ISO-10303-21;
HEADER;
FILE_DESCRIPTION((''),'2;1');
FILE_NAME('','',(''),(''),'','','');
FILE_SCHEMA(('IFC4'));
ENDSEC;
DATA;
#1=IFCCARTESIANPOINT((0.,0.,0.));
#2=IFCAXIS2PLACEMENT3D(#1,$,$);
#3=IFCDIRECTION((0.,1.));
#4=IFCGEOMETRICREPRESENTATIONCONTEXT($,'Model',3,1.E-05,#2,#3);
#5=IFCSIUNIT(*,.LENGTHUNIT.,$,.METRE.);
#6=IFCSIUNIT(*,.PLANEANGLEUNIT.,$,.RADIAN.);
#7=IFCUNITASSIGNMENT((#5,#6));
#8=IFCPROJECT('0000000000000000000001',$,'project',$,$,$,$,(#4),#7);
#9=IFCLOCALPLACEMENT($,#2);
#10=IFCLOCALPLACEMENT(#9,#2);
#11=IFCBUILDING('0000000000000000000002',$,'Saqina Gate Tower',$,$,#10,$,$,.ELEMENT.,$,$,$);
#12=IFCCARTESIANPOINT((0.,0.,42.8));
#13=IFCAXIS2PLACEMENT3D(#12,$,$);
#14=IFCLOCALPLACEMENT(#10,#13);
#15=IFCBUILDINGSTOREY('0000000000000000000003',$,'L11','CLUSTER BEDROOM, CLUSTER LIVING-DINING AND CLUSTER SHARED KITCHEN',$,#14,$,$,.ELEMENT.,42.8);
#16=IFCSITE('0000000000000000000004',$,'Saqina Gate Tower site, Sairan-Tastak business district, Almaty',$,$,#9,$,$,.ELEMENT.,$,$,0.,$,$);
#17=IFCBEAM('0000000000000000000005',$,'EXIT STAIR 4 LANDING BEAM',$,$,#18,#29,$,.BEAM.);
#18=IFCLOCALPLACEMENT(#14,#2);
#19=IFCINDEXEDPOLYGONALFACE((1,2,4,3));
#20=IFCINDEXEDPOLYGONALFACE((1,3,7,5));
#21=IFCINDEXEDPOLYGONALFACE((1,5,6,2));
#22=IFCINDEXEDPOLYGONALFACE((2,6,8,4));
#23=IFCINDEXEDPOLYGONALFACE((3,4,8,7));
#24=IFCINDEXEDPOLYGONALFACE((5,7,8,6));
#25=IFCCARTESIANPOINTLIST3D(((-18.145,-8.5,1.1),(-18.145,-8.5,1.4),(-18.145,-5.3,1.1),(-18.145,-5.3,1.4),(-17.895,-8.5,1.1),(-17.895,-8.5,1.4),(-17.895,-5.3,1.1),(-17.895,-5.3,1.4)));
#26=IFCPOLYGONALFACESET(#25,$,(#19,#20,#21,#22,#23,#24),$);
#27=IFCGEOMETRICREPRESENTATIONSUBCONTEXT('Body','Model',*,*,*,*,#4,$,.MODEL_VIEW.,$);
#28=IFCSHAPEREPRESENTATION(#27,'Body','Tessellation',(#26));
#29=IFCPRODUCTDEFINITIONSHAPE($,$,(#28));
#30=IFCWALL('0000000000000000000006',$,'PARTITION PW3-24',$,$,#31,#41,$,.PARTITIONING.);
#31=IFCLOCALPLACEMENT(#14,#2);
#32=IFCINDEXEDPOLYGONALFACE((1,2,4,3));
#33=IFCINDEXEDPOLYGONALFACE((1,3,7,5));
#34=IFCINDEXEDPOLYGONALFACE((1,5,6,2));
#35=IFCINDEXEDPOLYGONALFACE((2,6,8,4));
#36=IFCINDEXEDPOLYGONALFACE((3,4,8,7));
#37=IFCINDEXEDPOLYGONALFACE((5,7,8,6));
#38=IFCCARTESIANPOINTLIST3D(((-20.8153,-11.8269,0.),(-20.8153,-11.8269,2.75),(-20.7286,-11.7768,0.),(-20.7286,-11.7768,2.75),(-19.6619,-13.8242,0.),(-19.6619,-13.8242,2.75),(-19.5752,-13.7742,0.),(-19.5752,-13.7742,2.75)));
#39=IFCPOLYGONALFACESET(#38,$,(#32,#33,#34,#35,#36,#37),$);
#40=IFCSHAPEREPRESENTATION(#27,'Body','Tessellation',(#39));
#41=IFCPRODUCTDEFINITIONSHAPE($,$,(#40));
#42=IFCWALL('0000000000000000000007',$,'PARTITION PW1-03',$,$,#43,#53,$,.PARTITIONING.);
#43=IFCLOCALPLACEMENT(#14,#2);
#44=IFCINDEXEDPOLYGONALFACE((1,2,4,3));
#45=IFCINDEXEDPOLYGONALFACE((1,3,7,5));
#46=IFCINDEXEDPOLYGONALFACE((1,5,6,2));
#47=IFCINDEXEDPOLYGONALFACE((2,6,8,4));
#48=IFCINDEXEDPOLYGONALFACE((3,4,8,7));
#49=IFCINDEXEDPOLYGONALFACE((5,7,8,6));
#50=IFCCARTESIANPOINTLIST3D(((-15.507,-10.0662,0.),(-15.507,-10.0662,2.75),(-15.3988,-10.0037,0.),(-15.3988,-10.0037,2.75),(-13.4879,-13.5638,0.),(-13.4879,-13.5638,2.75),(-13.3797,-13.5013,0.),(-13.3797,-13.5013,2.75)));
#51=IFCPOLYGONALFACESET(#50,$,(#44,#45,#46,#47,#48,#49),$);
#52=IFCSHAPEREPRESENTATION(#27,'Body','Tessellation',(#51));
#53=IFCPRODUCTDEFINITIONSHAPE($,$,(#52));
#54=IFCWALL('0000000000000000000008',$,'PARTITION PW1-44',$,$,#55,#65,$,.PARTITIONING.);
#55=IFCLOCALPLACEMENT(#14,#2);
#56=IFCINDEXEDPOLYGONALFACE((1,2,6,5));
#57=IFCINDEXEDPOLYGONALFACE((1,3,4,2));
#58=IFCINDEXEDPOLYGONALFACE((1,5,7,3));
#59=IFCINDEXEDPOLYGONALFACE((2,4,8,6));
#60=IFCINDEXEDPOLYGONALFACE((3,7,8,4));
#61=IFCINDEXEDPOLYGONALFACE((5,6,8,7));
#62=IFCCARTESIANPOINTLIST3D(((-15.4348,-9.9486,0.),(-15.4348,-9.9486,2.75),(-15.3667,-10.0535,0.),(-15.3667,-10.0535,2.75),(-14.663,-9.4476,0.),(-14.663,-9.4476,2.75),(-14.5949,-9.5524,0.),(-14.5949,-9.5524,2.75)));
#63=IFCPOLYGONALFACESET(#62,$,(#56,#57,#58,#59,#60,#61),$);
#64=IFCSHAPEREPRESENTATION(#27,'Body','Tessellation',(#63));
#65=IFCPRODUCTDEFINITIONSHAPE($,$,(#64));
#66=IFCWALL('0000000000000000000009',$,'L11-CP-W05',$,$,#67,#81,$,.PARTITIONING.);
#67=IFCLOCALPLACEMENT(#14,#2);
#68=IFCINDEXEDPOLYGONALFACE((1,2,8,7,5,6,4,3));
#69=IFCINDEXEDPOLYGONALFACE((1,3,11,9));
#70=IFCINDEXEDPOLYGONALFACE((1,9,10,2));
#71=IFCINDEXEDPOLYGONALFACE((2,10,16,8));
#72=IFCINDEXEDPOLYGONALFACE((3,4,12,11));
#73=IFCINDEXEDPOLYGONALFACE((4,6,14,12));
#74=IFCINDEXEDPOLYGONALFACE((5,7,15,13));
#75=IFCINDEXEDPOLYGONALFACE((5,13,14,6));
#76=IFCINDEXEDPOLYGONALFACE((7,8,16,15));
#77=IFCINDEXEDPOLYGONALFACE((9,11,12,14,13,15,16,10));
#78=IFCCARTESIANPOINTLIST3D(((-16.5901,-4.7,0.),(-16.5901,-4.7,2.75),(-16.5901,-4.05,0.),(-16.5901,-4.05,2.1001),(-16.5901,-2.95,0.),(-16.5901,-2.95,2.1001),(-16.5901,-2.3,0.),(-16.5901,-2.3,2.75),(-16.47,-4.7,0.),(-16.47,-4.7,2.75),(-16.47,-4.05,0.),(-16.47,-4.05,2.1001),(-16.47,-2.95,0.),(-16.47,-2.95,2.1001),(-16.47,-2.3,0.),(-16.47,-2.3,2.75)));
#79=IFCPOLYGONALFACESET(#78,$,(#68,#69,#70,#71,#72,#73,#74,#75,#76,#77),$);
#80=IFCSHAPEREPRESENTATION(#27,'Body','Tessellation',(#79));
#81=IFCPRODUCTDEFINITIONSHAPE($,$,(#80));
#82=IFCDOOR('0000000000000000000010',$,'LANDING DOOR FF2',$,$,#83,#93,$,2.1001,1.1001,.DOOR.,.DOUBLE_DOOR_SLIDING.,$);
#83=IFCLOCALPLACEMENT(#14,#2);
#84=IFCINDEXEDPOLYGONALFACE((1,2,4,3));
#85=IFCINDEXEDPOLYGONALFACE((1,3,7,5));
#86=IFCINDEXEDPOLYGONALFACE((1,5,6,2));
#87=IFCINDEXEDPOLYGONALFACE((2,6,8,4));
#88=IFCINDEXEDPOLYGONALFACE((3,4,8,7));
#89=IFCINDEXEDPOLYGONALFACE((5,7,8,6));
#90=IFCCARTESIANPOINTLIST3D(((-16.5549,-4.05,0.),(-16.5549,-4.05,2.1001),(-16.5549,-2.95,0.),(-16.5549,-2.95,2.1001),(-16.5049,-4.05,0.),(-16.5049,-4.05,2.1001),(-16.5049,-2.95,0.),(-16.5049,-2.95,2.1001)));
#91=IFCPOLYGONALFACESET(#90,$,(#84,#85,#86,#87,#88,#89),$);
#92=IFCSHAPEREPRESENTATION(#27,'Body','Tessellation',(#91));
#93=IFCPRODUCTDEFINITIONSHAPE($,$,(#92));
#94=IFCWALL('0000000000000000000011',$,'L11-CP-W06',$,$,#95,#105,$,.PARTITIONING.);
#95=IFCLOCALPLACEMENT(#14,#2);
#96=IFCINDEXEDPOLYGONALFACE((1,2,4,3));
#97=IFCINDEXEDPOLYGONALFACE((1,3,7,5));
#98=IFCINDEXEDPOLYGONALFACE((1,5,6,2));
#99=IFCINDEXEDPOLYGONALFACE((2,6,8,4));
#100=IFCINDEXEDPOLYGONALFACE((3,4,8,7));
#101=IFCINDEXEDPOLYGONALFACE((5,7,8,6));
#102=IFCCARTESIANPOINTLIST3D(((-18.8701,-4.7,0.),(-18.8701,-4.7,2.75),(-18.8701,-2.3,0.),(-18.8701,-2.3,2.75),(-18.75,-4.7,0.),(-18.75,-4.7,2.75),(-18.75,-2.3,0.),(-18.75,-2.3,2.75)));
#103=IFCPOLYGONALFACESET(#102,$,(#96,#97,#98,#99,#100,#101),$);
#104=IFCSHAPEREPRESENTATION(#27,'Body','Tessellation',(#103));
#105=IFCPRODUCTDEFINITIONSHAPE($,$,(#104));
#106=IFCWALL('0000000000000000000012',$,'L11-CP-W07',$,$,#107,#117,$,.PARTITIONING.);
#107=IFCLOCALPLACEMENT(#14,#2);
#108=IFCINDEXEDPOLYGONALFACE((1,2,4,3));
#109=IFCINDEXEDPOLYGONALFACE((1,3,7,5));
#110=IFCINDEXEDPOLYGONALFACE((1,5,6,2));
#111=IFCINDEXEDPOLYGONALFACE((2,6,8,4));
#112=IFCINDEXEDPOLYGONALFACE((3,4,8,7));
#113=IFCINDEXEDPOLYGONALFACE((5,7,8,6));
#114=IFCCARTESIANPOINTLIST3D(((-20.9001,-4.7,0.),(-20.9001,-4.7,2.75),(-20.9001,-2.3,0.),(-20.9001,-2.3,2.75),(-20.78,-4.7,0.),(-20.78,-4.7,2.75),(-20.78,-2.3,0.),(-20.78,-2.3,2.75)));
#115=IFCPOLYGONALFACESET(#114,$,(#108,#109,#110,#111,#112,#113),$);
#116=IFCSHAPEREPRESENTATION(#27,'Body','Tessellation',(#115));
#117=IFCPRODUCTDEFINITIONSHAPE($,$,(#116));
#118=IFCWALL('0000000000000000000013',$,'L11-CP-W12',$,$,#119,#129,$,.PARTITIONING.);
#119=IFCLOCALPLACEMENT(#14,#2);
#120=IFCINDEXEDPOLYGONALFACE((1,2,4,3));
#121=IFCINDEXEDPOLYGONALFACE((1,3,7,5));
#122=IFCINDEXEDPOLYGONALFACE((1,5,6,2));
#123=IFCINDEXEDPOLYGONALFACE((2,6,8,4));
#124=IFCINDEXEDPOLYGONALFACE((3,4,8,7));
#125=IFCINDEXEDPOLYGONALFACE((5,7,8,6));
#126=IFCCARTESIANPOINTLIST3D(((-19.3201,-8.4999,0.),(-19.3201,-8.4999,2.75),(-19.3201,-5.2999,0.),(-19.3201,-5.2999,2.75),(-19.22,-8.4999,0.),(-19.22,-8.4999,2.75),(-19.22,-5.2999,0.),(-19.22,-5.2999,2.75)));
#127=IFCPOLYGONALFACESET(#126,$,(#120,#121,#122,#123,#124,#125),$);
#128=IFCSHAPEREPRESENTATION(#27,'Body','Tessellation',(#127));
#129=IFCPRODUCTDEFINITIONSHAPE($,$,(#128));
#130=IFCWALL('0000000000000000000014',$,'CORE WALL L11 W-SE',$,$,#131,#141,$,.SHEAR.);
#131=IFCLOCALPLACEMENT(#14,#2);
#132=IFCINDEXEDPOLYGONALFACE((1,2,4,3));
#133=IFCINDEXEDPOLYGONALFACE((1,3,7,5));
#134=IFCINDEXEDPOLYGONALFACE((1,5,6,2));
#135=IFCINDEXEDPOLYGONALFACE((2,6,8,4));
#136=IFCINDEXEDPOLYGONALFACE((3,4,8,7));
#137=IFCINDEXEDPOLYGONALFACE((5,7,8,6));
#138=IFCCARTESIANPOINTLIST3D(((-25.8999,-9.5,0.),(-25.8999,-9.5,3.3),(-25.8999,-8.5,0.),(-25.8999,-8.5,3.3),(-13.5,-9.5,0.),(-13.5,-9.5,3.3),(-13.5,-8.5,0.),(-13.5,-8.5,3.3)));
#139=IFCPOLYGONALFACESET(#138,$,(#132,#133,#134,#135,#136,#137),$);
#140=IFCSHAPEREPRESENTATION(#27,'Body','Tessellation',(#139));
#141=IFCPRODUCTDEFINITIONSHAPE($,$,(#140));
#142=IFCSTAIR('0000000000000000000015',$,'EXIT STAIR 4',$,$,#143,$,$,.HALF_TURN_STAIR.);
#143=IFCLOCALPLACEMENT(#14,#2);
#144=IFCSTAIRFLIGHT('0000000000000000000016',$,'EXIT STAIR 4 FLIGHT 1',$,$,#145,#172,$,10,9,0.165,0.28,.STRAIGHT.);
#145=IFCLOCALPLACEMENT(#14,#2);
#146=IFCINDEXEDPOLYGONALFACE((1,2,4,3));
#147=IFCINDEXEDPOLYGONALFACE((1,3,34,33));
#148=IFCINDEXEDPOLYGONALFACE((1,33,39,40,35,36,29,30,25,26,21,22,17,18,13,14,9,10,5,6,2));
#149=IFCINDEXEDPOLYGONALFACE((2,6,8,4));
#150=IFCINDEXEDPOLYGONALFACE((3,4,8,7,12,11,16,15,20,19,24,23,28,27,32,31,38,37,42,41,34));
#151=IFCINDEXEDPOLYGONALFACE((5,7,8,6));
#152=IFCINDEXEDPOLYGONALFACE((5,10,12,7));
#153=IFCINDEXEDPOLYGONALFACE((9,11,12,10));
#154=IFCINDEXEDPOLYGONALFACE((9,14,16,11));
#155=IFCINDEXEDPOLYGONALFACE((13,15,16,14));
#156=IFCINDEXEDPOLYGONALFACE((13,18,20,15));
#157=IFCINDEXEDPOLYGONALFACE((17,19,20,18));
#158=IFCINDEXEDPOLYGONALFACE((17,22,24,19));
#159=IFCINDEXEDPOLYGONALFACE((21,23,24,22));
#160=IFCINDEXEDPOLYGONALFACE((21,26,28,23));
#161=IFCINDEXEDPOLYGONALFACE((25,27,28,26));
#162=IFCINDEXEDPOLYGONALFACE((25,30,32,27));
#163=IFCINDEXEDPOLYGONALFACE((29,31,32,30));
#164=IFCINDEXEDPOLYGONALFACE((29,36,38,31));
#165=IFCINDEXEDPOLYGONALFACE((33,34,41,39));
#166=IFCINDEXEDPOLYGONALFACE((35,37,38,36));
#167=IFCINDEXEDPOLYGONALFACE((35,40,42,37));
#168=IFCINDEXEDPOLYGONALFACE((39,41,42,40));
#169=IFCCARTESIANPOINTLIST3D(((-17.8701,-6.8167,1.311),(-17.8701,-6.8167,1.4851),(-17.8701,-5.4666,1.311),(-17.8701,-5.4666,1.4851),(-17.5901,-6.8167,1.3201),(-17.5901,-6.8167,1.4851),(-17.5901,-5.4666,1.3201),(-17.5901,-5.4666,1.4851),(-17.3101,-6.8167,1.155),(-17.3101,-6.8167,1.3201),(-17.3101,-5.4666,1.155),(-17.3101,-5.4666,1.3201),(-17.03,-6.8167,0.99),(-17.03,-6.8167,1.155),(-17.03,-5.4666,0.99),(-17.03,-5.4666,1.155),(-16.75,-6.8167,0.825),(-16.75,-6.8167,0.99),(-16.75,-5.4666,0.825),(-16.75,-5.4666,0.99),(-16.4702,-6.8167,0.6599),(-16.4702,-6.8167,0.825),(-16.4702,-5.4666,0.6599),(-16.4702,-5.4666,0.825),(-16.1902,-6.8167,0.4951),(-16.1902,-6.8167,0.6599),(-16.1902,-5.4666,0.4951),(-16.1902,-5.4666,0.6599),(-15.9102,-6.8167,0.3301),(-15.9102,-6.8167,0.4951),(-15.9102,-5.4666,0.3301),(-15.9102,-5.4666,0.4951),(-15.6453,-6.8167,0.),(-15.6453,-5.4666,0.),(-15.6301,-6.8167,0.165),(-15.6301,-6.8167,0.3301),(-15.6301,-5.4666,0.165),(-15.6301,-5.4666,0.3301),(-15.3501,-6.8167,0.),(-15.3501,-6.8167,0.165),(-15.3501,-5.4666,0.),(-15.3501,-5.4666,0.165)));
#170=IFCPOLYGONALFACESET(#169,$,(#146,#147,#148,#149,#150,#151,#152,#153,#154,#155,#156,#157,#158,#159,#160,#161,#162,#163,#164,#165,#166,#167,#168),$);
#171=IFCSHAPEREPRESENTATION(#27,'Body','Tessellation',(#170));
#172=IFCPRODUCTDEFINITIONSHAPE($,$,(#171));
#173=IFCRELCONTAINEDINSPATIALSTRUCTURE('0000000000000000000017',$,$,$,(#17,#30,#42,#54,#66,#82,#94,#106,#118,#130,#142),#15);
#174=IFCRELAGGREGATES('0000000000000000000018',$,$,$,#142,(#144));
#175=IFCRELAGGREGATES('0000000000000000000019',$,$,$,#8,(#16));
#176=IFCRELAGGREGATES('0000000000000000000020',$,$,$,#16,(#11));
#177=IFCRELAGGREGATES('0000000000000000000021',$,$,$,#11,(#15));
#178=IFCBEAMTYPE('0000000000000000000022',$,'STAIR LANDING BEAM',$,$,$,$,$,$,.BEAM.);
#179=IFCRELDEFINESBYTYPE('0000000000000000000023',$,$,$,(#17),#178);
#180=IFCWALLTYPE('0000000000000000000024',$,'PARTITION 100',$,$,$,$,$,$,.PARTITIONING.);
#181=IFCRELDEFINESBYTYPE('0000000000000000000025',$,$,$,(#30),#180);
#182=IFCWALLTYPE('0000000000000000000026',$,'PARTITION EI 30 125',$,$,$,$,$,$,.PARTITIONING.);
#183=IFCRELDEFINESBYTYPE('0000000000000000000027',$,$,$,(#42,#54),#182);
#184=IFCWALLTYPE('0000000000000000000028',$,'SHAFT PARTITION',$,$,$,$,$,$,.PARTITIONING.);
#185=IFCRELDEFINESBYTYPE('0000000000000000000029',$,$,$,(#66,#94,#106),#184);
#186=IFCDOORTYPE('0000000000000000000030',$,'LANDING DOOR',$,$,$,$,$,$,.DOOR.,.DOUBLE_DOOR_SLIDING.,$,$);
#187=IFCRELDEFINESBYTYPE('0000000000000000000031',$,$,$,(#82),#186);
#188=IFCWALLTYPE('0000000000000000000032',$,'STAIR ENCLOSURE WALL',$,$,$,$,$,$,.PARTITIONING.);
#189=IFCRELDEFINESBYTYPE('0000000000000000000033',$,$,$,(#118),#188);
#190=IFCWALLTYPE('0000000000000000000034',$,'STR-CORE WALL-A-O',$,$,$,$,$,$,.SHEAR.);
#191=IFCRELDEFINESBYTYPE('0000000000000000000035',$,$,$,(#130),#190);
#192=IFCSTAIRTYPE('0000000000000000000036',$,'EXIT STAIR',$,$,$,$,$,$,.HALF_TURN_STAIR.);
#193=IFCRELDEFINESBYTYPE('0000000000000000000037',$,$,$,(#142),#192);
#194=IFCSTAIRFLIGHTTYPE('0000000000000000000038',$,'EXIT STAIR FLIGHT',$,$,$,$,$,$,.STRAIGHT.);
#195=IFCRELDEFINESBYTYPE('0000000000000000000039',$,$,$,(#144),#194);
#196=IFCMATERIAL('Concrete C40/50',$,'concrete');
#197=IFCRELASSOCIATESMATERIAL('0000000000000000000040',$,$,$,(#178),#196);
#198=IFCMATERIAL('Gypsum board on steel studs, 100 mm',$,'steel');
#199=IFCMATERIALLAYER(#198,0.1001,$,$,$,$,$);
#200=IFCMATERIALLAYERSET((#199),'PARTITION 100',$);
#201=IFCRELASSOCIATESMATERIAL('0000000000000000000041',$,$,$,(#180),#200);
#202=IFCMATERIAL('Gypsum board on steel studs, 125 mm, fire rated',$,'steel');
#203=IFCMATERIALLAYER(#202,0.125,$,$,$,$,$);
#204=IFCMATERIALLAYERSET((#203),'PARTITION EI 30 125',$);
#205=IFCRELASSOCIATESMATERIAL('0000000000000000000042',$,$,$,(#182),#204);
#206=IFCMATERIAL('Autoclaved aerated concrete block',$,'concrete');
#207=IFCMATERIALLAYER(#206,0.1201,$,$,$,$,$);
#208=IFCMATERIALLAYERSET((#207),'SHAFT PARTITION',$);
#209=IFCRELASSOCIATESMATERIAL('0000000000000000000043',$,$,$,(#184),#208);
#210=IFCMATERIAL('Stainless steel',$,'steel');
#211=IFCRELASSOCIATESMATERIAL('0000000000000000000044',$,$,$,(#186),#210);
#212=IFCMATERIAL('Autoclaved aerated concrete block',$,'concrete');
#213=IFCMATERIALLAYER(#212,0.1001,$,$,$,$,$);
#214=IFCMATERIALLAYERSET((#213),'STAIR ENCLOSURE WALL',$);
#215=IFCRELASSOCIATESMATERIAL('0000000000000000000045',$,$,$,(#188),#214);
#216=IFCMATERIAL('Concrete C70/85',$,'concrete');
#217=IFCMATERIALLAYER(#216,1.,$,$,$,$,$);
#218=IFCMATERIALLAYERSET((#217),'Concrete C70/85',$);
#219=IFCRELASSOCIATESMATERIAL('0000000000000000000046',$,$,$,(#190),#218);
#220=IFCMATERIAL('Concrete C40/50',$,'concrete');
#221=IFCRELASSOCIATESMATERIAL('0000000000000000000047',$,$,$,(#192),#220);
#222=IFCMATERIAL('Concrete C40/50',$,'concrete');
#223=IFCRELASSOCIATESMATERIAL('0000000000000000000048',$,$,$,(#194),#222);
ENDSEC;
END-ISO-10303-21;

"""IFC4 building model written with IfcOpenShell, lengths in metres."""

from ifc_helpers import new_model, si_unit, direction, frame, frame_2d, origin, origin_2d, place, context, subcontext, project, spatial, polyline, rectangle, outline, extrude, material, layer, layer_set, material_profile, profile_set, type_object, element, fill, aggregate, save


model = new_model("IFC4")

# Units and contexts
model_context = context("Model", 3, precision=1e-05, world=origin(), true_north=direction((0.0, 1.0)))
body_context = subcontext(model_context, "Body", "Model", "MODEL_VIEW")
ifc_project = project(units=[si_unit("LENGTHUNIT", "METRE"), si_unit("PLANEANGLEUNIT", "RADIAN")], contexts=[model_context])

# Site, building, storey
site_placement = place(None, origin())
site = spatial("IfcSite", under=ifc_project, at=site_placement, Name="Saqina Gate Tower site, Sairan-Tastak business district, Almaty", CompositionType="ELEMENT", RefElevation=0.0)
building_placement = place(site_placement, origin())
building = spatial("IfcBuilding", under=site, at=building_placement, Name="Saqina Gate Tower", CompositionType="ELEMENT")
storey_placement = place(building_placement, frame((0.0, 0.0, 42.8)))
storey = spatial("IfcBuildingStorey", under=building, at=storey_placement, Name="L11", Description="CLUSTER BEDROOM, CLUSTER LIVING-DINING AND CLUSTER SHARED KITCHEN", CompositionType="ELEMENT", Elevation=42.8)

# Beam
ifc_material_1 = material(Name="Concrete C40/50", Category="concrete")
ifc_material_profile = material_profile(ifc_material_1, rectangle(XDim=0.25, YDim=0.3, at=origin_2d()), Name="STAIR LANDING BEAM")
ifc_profile_set = profile_set([ifc_material_profile], Name="Concrete C40/50")
beam_type = type_object("IfcBeamType", Name="STAIR LANDING BEAM", PredefinedType="BEAM", material=ifc_profile_set)
beam_placement = place(storey_placement, frame((-18.02, -8.5, 1.25), z_axis=(0.0, 1.0, 0.0), x_axis=(-1.0, 0.0, 0.0)))
element("IfcBeam", 1, at=beam_placement, inside=storey, type_object=beam_type, Name="EXIT STAIR 4 LANDING BEAM", PredefinedType="BEAM", context=body_context, shape_type="SweptSolid", body=[
    extrude(rectangle(XDim=0.25, YDim=0.3, at=origin_2d()), origin(), (0.0, 0.0, 1.0), 3.2),
])

# Walls
ifc_material_2 = material(Name="Gypsum board on steel studs, 100 mm", Category="steel")
ifc_layer_1 = layer(ifc_material_2, 0.1001)
ifc_layer_set_1 = layer_set([ifc_layer_1], Name="PARTITION 100")
wall_type_1 = type_object("IfcWallType", Name="PARTITION 100", PredefinedType="PARTITIONING", material=ifc_layer_set_1)
wall_1_placement = place(storey_placement, frame((-20.772, -11.8018, 0.0), z_axis=(0.0, 0.0, 1.0), x_axis=(0.500055, -0.865993, 0.0)))
element("IfcWall", 2, at=wall_1_placement, inside=storey, type_object=wall_type_1, Name="PARTITION PW3-24", PredefinedType="PARTITIONING", context=body_context, shape_type="SweptSolid", body=[
    extrude(rectangle(XDim=2.3064, YDim=0.1001, at=frame_2d((1.1533, 0.0))), origin(), (0.0, 0.0, 1.0), 2.75),
])
ifc_material_3 = material(Name="Gypsum board on steel studs, 125 mm, fire rated", Category="steel")
ifc_layer_2 = layer(ifc_material_3, 0.125)
ifc_layer_set_2 = layer_set([ifc_layer_2], Name="PARTITION EI 30 125")
wall_type_2 = type_object("IfcWallType", Name="PARTITION EI 30 125", PredefinedType="PARTITIONING", material=ifc_layer_set_2)
wall_2_placement = place(storey_placement, frame((-15.4529, -10.0349, 0.0), z_axis=(0.0, 0.0, 1.0), x_axis=(0.499949, -0.866055, 0.0)))
element("IfcWall", 3, at=wall_2_placement, inside=storey, type_object=wall_type_2, Name="PARTITION PW1-03", PredefinedType="PARTITIONING", context=body_context, shape_type="SweptSolid", body=[
    extrude(rectangle(XDim=4.0386, YDim=0.125, at=frame_2d((2.0193, 0.0))), origin(), (0.0, 0.0, 1.0), 2.75),
])
wall_3_placement = place(storey_placement, frame((-15.4006, -10.001, 0.0), z_axis=(0.0, 0.0, 1.0), x_axis=(0.838765, 0.544494, 0.0)))
element("IfcWall", 4, at=wall_3_placement, inside=storey, type_object=wall_type_2, Name="PARTITION PW1-44", PredefinedType="PARTITIONING", context=body_context, shape_type="SweptSolid", body=[
    extrude(rectangle(XDim=0.9202, YDim=0.125, at=frame_2d((0.46, 0.0))), origin(), (0.0, 0.0, 1.0), 2.75),
])

# Wall, opening, door
ifc_material_4 = material(Name="Autoclaved aerated concrete block", Category="concrete")
ifc_layer_3 = layer(ifc_material_4, 0.1201)
ifc_layer_set_3 = layer_set([ifc_layer_3], Name="SHAFT PARTITION")
wall_type_3 = type_object("IfcWallType", Name="SHAFT PARTITION", PredefinedType="PARTITIONING", material=ifc_layer_set_3)
wall_4_placement = place(storey_placement, frame((-16.53, -4.7, 0.0), z_axis=(0.0, 0.0, 1.0), x_axis=(0.0, 1.0, 0.0)))
wall_4 = element("IfcWall", 5, at=wall_4_placement, inside=storey, type_object=wall_type_3, Name="L11-CP-W05", PredefinedType="PARTITIONING", context=body_context, shape_type="SweptSolid", body=[
    extrude(rectangle(XDim=2.3999, YDim=0.1201, at=frame_2d((1.2, 0.0))), origin(), (0.0, 0.0, 1.0), 2.75),
])
opening_1_placement = place(wall_4_placement, frame((0.6499, 0.0, 0.0)))
opening_1 = element("IfcOpeningElement", 6, at=opening_1_placement, cuts=wall_4, PredefinedType="OPENING", context=body_context, shape_type="SweptSolid", body=[
    extrude(rectangle(XDim=1.1001, YDim=2.1001, at=frame_2d((0.55, 1.05))), frame((0.0, 0.072, 0.0), z_axis=(0.0, -1.0, 0.0), x_axis=(1.0, 0.0, 0.0)), (0.0, 0.0, 1.0), 0.144),
])
ifc_material_5 = material(Name="Stainless steel", Category="steel")
door_type_1 = type_object("IfcDoorType", Name="LANDING DOOR", OperationType="DOUBLE_DOOR_SLIDING", PredefinedType="DOOR", material=ifc_material_5)
door_1_placement = place(opening_1_placement, origin())
door_1 = element("IfcDoor", 7, at=door_1_placement, inside=storey, type_object=door_type_1, Name="LANDING DOOR FF2", OperationType="DOUBLE_DOOR_SLIDING", OverallHeight=2.1001, OverallWidth=1.1001, PredefinedType="DOOR", context=body_context, shape_type="SweptSolid", body=[
    extrude(rectangle(XDim=1.1001, YDim=2.1001, at=frame_2d((0.55, 1.05))), frame((0.0, 0.0249, 0.0), z_axis=(0.0, -1.0, 0.0), x_axis=(1.0, 0.0, 0.0)), (0.0, 0.0, 1.0), 0.05),
])
fill(opening_1, door_1)

# Walls
for number, where, z_axis, x_axis, name in (
    (8, (-18.8101, -4.7, 0.0), (0.0, 0.0, 1.0), (0.0, 1.0, 0.0), "L11-CP-W06"),
    (9, (-20.8401, -4.7, 0.0), (0.0, 0.0, 1.0), (0.0, 1.0, 0.0), "L11-CP-W07"),
):
    element("IfcWall", number, at=place(storey_placement, frame(where, z_axis=z_axis, x_axis=x_axis)), inside=storey, type_object=wall_type_3, Name=name, PredefinedType="PARTITIONING", context=body_context, shape_type="SweptSolid", body=[
        extrude(rectangle(XDim=2.3999, YDim=0.1201, at=frame_2d((1.2, 0.0))), origin(), (0.0, 0.0, 1.0), 2.75),
    ])
ifc_material_6 = material(Name="Autoclaved aerated concrete block", Category="concrete")
ifc_layer_4 = layer(ifc_material_6, 0.1001)
ifc_layer_set_4 = layer_set([ifc_layer_4], Name="STAIR ENCLOSURE WALL")
wall_type_4 = type_object("IfcWallType", Name="STAIR ENCLOSURE WALL", PredefinedType="PARTITIONING", material=ifc_layer_set_4)
wall_5_placement = place(storey_placement, frame((-19.27, -8.5, 0.0), z_axis=(0.0, 0.0, 1.0), x_axis=(0.0, 1.0, 0.0)))
element("IfcWall", 10, at=wall_5_placement, inside=storey, type_object=wall_type_4, Name="L11-CP-W12", PredefinedType="PARTITIONING", context=body_context, shape_type="SweptSolid", body=[
    extrude(rectangle(XDim=3.2, YDim=0.1001, at=frame_2d((1.6001, 0.0))), origin(), (0.0, 0.0, 1.0), 2.75),
])

# Shared definitions
ifc_material_7 = material(Name="Concrete C70/85", Category="concrete")
ifc_layer_5 = layer(ifc_material_7, 1.0)
ifc_layer_set_5 = layer_set([ifc_layer_5], Name="Concrete C70/85")
wall_type_5 = type_object("IfcWallType", Name="STR-CORE WALL-A-O", PredefinedType="SHEAR", material=ifc_layer_set_5)

# Wall
wall_6_placement = place(storey_placement, frame((-13.5, -9.0, 0.0), z_axis=(0.0, 0.0, 1.0), x_axis=(-1.0, 0.0, 0.0)))
element("IfcWall", 11, at=wall_6_placement, inside=storey, type_object=wall_type_5, Name="CORE WALL L11 W-SE", PredefinedType="SHEAR", context=body_context, shape_type="SweptSolid", body=[
    extrude(rectangle(XDim=12.3999, YDim=1.0, at=frame_2d((6.2, 0.0))), origin(), (0.0, 0.0, 1.0), 3.3),
])

# Stair, stair flight
ifc_material_8 = material(Name="Concrete C40/50", Category="concrete")
stair_type = type_object("IfcStairType", Name="EXIT STAIR", PredefinedType="HALF_TURN_STAIR", material=ifc_material_8)
stair_placement = place(storey_placement, origin())
stair = element("IfcStair", 12, at=stair_placement, inside=storey, type_object=stair_type, Name="EXIT STAIR 4", PredefinedType="HALF_TURN_STAIR")
ifc_material_9 = material(Name="Concrete C40/50", Category="concrete")
stair_flight_type = type_object("IfcStairFlightType", Name="EXIT STAIR FLIGHT", PredefinedType="STRAIGHT", material=ifc_material_9)
stair_flight_1_placement = place(storey_placement, frame((-15.3501, -6.1416, 0.0), z_axis=(0.0, 0.0, 1.0), x_axis=(-1.0, 0.0, 0.0)))
stair_flight_1 = element("IfcStairFlight", 13, at=stair_flight_1_placement, type_object=stair_flight_type, Name="EXIT STAIR 4 FLIGHT 1", NumberOfRisers=10, NumberOfTreads=9, PredefinedType="STRAIGHT", RiserHeight=0.165, TreadLength=0.28, context=body_context, shape_type="SweptSolid", body=[
    extrude(outline(polyline([(0.0, 0.0), (0.0, 0.165), (0.28, 0.165), (0.28, 0.3301), (0.5601, 0.3301), (0.5601, 0.4951), (0.8401, 0.4951), (0.8401, 0.6599), (1.1201, 0.6599), (1.1201, 0.825), (1.3999, 0.825), (1.3999, 0.99), (1.6799, 0.99), (1.6799, 1.155), (1.96, 1.155), (1.96, 1.3201), (2.24, 1.3201), (2.24, 1.4851), (2.52, 1.4851), (2.52, 1.6499), (2.52, 1.311), (0.2952, 0.0), (0.0, 0.0)])), frame((0.0, 0.675, 0.0), z_axis=(0.0, -1.0, 0.0), x_axis=(1.0, 0.0, 0.0)), (0.0, 0.0, 1.0), 1.3501),
])
aggregate(stair, [stair_flight_1])

save(model, "model.ifc")
